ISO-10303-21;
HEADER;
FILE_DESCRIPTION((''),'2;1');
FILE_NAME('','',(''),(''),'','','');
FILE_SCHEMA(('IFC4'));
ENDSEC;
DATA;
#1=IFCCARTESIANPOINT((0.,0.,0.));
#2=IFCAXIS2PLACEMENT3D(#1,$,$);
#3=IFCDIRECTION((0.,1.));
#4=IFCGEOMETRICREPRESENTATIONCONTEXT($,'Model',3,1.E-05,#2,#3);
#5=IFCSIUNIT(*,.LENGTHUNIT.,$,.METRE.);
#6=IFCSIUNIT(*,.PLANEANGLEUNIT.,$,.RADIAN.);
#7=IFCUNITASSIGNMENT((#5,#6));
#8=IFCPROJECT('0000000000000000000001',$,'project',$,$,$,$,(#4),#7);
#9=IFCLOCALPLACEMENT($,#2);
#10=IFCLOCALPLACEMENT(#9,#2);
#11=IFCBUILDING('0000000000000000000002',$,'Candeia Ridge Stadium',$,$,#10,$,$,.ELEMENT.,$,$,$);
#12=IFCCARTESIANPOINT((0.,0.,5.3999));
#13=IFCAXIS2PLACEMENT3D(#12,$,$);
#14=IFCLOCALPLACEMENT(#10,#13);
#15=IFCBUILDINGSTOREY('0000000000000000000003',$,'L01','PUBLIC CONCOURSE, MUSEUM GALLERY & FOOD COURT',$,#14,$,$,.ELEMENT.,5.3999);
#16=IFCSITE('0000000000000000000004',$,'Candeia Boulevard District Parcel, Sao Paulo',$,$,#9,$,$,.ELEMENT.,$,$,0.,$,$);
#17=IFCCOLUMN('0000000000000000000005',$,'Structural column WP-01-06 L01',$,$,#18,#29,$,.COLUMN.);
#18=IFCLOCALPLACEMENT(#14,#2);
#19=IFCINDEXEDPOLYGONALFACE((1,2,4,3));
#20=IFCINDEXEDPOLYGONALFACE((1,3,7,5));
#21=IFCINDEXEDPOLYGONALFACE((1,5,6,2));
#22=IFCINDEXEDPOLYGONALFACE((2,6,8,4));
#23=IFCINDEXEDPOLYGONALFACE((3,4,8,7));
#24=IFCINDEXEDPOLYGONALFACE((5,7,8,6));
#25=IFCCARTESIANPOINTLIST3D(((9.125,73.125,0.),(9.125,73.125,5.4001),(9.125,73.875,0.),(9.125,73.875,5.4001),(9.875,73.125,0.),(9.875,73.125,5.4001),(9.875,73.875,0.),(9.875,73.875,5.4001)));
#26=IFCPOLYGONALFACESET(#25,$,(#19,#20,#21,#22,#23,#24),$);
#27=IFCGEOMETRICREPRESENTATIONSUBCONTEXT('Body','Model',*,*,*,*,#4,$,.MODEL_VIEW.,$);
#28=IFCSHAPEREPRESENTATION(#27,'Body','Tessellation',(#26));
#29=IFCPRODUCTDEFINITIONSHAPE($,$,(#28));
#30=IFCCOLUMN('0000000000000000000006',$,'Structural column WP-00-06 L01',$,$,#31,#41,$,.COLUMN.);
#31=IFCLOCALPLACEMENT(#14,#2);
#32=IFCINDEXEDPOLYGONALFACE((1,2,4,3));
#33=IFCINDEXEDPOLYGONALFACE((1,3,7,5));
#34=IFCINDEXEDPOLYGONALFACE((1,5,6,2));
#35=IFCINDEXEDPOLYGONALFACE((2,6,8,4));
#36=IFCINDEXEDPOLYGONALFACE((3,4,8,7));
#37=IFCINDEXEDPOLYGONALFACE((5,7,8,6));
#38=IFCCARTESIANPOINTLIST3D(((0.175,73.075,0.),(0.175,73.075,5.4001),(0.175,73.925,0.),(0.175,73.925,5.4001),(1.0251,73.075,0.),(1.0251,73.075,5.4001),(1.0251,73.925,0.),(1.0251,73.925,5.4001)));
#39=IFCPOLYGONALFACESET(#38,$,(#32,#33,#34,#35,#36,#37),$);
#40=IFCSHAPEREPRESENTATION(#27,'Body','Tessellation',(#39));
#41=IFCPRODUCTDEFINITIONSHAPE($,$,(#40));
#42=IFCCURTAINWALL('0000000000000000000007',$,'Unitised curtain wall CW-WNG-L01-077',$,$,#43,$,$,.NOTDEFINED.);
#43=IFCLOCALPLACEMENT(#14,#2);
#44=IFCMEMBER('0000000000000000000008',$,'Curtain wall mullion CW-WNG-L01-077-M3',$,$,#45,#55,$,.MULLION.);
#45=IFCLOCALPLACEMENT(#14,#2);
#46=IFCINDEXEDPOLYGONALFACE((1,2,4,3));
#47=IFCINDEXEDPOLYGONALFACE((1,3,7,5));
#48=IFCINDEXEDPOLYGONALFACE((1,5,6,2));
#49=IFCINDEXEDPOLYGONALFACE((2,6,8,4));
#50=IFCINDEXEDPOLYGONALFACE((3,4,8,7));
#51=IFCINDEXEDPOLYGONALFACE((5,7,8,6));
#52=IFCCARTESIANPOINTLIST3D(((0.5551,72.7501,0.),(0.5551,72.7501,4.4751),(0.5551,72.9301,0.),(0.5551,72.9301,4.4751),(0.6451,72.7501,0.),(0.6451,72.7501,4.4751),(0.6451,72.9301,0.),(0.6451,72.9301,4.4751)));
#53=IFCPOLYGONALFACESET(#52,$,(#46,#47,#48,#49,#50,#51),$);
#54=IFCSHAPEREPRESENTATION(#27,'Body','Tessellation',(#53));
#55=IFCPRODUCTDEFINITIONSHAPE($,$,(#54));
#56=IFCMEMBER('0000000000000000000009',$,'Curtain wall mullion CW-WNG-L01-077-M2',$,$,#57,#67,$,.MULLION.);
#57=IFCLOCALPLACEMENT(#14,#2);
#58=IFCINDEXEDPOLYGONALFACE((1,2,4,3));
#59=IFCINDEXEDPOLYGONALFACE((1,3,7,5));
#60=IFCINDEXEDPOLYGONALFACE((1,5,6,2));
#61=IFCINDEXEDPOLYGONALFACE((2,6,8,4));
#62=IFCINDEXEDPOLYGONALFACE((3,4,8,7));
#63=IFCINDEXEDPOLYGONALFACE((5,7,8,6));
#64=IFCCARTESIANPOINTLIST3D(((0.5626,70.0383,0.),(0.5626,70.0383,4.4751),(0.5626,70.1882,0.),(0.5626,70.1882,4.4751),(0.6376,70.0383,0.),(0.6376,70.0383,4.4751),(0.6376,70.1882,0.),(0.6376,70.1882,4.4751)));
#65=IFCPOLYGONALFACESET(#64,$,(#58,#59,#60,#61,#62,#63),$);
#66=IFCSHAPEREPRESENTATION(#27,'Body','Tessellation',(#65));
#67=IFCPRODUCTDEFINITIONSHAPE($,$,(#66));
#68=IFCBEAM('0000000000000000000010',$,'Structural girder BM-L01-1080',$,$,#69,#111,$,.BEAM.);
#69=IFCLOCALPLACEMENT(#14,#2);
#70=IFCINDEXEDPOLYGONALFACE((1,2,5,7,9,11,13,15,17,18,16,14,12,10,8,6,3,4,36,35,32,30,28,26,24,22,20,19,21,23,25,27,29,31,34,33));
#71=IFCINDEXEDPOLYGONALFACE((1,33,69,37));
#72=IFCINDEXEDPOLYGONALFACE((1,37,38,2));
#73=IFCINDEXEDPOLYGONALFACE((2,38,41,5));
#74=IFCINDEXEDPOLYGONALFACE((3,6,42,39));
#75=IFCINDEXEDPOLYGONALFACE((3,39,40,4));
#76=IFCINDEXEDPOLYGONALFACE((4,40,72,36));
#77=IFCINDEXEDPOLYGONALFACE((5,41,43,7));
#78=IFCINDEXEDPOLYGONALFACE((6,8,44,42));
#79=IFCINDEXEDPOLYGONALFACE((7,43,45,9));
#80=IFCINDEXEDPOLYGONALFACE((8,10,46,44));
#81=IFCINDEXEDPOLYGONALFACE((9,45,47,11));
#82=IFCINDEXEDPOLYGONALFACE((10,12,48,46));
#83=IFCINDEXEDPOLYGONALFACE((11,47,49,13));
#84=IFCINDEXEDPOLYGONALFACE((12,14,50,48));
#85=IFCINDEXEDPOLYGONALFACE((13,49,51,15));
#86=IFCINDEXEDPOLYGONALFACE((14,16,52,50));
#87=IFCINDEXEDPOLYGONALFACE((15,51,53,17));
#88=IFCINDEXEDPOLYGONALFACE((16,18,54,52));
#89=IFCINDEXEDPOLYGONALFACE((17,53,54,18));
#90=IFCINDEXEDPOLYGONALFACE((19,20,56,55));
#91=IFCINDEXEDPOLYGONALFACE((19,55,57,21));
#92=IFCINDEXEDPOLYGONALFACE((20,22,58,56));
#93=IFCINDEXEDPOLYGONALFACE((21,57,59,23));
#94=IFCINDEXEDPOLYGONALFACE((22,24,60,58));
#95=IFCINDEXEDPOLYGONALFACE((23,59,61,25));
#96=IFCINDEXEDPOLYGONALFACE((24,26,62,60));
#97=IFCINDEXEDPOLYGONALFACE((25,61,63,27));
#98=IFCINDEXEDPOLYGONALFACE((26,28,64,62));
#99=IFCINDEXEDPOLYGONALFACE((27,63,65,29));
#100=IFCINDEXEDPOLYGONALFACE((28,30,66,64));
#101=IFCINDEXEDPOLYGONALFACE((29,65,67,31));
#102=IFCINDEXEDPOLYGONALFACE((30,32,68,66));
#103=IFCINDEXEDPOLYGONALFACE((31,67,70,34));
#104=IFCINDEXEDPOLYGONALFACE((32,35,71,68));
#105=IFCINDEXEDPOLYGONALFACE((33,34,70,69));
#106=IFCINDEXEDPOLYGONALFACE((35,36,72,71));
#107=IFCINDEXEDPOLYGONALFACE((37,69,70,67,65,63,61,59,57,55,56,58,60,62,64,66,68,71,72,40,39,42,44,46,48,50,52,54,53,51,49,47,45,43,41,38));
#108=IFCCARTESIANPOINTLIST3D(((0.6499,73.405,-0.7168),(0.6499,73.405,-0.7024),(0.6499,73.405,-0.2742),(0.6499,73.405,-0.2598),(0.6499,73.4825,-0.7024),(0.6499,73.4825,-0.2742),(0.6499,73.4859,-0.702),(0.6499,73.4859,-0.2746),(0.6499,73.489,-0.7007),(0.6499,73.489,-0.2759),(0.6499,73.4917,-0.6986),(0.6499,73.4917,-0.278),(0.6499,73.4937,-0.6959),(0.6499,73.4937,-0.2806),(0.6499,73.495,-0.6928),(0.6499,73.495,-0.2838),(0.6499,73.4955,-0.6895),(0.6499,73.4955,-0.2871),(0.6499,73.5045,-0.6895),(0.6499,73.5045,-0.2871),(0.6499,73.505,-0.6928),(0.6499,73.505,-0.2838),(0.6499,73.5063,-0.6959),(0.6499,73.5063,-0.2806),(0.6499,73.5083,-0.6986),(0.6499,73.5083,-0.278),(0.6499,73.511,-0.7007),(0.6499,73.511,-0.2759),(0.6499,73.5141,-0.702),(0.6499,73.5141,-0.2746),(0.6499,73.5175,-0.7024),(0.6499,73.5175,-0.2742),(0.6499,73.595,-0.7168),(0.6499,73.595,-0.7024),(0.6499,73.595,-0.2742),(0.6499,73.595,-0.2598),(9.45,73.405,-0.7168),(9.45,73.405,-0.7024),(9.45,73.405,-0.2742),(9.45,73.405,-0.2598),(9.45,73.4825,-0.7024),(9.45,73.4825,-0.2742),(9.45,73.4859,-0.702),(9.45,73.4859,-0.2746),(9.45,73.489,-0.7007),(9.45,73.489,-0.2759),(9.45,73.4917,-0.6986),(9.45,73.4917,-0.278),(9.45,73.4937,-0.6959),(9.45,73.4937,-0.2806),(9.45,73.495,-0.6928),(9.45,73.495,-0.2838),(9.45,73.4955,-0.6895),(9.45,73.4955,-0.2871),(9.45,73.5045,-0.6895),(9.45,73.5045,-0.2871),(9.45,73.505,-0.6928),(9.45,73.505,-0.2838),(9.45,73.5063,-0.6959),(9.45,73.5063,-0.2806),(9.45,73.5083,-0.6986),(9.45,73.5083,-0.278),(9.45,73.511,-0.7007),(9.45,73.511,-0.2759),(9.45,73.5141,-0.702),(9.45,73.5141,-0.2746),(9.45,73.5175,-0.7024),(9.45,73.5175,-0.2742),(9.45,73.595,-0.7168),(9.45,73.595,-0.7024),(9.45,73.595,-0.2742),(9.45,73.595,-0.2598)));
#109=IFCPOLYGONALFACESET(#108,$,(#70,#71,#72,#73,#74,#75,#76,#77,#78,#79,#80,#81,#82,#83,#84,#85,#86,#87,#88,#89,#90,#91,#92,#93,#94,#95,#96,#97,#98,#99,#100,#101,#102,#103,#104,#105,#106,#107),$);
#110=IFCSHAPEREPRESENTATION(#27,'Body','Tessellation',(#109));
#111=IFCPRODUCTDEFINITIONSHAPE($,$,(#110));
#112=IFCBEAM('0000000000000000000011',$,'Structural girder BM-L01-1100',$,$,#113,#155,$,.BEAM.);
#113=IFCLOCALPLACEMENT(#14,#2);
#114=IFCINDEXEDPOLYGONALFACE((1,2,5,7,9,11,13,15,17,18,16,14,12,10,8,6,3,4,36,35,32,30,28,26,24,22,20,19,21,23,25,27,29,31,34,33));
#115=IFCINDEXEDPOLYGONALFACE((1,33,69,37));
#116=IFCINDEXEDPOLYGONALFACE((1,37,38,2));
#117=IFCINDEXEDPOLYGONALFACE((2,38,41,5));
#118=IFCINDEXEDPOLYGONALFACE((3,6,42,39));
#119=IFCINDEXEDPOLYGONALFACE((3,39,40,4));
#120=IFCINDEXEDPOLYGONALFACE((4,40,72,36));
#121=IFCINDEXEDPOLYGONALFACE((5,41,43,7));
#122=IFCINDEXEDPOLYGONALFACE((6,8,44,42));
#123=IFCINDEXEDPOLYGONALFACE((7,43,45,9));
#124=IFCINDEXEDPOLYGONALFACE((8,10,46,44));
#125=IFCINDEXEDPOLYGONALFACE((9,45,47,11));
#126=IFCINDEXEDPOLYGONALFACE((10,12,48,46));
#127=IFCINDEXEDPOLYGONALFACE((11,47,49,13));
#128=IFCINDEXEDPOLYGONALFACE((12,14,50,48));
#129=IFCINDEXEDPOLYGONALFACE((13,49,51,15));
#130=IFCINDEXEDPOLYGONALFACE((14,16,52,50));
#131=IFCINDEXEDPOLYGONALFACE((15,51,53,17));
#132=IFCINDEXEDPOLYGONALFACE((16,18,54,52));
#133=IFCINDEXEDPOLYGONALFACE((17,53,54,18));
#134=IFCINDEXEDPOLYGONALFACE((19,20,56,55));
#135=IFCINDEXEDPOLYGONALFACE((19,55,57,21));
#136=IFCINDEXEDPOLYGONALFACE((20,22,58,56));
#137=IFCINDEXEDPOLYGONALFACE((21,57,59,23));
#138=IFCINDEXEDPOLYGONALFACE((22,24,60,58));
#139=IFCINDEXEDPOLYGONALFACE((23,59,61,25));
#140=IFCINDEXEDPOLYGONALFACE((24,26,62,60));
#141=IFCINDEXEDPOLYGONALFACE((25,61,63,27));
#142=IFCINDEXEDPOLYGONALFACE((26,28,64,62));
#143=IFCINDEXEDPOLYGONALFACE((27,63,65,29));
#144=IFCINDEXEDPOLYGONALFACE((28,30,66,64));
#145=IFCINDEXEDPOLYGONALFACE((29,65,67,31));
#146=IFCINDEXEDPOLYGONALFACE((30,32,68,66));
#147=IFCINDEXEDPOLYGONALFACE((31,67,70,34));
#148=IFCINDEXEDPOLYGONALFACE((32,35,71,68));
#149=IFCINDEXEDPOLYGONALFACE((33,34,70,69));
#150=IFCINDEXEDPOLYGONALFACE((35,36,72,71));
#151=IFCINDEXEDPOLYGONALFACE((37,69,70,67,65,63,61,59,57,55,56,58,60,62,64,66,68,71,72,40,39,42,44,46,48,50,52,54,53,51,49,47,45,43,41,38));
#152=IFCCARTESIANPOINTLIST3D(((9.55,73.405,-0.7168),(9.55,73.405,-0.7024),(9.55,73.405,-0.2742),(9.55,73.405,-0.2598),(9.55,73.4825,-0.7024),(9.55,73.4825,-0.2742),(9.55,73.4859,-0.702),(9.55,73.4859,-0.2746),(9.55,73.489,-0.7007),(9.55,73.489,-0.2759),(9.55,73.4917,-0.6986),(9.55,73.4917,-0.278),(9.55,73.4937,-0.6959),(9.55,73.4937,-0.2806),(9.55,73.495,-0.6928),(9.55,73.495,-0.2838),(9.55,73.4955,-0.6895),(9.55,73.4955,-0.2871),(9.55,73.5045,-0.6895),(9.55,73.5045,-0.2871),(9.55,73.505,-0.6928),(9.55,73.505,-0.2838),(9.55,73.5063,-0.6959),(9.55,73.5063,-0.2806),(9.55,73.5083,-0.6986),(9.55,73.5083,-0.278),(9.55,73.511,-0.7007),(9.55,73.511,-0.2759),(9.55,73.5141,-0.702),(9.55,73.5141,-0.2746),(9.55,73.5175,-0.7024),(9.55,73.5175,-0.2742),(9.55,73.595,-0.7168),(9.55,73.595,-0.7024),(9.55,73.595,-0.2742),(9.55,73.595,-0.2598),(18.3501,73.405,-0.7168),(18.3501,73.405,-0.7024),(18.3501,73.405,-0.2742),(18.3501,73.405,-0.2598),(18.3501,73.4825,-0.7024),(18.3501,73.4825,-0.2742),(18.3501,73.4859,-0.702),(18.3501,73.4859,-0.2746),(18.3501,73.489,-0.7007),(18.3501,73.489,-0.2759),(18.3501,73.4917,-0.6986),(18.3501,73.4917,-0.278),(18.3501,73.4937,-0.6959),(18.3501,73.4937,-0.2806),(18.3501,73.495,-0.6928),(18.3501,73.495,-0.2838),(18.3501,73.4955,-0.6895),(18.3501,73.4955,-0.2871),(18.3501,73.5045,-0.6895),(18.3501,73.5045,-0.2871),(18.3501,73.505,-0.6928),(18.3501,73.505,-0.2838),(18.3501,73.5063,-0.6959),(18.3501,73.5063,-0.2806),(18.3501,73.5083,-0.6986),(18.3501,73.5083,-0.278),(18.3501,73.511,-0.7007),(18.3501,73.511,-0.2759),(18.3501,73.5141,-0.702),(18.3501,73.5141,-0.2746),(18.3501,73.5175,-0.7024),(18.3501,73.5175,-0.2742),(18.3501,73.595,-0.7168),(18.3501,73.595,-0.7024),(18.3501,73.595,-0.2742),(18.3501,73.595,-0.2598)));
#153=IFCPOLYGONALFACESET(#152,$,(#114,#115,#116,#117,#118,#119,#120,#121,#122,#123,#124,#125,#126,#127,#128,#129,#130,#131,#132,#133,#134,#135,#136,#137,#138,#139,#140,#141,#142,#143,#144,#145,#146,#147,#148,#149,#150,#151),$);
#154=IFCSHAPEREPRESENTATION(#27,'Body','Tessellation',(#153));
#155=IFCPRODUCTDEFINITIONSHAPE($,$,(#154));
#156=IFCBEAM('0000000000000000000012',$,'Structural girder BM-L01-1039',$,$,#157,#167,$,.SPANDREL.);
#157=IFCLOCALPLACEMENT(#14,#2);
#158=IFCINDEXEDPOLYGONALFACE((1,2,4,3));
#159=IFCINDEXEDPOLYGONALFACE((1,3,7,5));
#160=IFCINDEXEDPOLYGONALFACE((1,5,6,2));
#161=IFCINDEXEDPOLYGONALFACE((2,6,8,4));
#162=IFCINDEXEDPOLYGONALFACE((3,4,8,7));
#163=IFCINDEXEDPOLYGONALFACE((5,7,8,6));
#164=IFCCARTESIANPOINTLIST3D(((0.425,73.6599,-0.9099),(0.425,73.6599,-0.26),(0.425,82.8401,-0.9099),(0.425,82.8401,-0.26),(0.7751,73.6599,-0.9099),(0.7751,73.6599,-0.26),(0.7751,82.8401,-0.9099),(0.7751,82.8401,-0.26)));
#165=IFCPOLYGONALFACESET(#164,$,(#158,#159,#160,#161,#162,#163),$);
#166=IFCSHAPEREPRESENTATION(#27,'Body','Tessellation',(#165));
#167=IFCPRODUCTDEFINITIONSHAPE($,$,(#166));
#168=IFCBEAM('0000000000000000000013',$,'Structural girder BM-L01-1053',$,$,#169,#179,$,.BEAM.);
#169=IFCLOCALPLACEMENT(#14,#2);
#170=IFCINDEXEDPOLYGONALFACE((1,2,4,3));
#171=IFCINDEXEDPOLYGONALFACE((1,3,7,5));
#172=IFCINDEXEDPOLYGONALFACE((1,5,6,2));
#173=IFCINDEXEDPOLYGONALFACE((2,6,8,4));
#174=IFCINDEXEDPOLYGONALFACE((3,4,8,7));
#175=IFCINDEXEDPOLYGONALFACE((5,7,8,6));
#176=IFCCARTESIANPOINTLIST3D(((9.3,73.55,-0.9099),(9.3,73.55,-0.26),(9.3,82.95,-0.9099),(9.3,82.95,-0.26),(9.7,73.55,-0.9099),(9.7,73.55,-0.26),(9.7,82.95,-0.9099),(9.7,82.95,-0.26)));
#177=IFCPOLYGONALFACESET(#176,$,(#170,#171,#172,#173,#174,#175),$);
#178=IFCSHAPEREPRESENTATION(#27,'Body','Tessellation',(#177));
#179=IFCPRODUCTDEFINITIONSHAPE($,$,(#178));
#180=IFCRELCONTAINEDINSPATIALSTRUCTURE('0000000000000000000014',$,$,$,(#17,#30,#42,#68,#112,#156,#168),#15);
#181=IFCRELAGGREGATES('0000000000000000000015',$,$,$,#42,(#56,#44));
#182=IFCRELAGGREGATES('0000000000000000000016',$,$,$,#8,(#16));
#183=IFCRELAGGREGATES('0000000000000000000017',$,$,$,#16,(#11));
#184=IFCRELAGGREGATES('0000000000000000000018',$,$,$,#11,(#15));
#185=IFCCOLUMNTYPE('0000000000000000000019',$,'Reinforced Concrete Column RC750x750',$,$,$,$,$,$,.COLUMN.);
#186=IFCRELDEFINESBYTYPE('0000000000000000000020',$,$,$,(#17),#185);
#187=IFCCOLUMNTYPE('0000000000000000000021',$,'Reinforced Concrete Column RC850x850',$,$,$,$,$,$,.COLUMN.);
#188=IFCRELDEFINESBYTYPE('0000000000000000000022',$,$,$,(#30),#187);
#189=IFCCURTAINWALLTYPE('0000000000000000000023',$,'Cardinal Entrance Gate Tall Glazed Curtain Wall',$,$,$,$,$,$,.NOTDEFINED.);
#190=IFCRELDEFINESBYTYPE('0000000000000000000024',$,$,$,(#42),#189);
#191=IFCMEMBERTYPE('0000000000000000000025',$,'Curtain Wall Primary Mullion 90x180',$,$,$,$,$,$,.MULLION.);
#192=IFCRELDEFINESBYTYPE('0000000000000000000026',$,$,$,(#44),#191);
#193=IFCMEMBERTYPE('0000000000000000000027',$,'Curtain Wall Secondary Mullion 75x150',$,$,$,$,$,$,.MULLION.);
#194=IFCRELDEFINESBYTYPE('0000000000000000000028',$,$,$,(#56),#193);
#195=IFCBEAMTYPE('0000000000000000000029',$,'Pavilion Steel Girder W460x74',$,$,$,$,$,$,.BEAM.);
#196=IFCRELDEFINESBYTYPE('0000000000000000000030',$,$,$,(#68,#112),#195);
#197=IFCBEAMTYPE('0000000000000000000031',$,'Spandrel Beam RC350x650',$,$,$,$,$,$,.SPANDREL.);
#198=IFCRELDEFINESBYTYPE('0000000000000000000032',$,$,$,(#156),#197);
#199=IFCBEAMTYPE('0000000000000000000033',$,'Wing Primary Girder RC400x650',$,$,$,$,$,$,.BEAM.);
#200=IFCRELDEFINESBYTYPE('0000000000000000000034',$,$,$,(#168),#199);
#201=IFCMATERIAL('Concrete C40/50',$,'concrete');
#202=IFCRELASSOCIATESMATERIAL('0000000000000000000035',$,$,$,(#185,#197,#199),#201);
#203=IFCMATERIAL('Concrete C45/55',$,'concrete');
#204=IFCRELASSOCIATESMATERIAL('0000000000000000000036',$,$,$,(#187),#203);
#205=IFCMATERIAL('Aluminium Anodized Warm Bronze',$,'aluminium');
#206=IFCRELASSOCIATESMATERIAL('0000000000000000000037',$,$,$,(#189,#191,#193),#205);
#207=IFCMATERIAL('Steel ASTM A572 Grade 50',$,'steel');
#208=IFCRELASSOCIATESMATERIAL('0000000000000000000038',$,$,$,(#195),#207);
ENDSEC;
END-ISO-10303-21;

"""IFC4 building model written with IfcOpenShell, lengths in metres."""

from ifc_helpers import new_model, si_unit, direction, frame, origin, origin_2d, place, context, subcontext, project, spatial, rectangle, i_section, extrude, material, material_profile, profile_set, type_object, element, aggregate, save


model = new_model("IFC4")

# Units and contexts
model_context = context("Model", 3, precision=1e-05, world=origin(), true_north=direction((0.0, 1.0)))
body_context = subcontext(model_context, "Body", "Model", "MODEL_VIEW")
ifc_project = project(units=[si_unit("LENGTHUNIT", "METRE"), si_unit("PLANEANGLEUNIT", "RADIAN")], contexts=[model_context])

# Site, building, storey
site_placement = place(None, origin())
site = spatial("IfcSite", under=ifc_project, at=site_placement, Name="Candeia Boulevard District Parcel, Sao Paulo", CompositionType="ELEMENT", RefElevation=0.0)
building_placement = place(site_placement, origin())
building = spatial("IfcBuilding", under=site, at=building_placement, Name="Candeia Ridge Stadium", CompositionType="ELEMENT")
storey_placement = place(building_placement, frame((0.0, 0.0, 5.3999)))
storey = spatial("IfcBuildingStorey", under=building, at=storey_placement, Name="L01", Description="PUBLIC CONCOURSE, MUSEUM GALLERY & FOOD COURT", CompositionType="ELEMENT", Elevation=5.3999)

# Columns
ifc_material_1 = material(Name="Concrete C40/50", Category="concrete")
ifc_material_profile_1 = material_profile(ifc_material_1, rectangle(XDim=0.75, YDim=0.75, at=origin_2d()), Name="RC750x750", Category="concrete")
ifc_profile_set_1 = profile_set([ifc_material_profile_1], Name="Concrete C40/50")
column_type_1 = type_object("IfcColumnType", Name="Reinforced Concrete Column RC750x750", PredefinedType="COLUMN", material=ifc_profile_set_1)
column_1_placement = place(storey_placement, frame((9.5, 73.5, 0.0), z_axis=(0.0, 0.0, 1.0), x_axis=(1.0, 0.0, 0.0)))
element("IfcColumn", 1, at=column_1_placement, inside=storey, type_object=column_type_1, Name="Structural column WP-01-06 L01", PredefinedType="COLUMN", context=body_context, shape_type="SweptSolid", body=[
    extrude(rectangle(XDim=0.75, YDim=0.75, at=origin_2d()), origin(), (0.0, 0.0, 1.0), 5.4001),
])
ifc_material_2 = material(Name="Concrete C45/55", Category="concrete")
ifc_material_profile_2 = material_profile(ifc_material_2, rectangle(XDim=0.8501, YDim=0.8501, at=origin_2d()), Name="RC850x850", Category="concrete")
ifc_profile_set_2 = profile_set([ifc_material_profile_2], Name="Concrete C45/55")
column_type_2 = type_object("IfcColumnType", Name="Reinforced Concrete Column RC850x850", PredefinedType="COLUMN", material=ifc_profile_set_2)
column_2_placement = place(storey_placement, frame((0.6001, 73.5, 0.0), z_axis=(0.0, 0.0, 1.0), x_axis=(1.0, 0.0, 0.0)))
element("IfcColumn", 2, at=column_2_placement, inside=storey, type_object=column_type_2, Name="Structural column WP-00-06 L01", PredefinedType="COLUMN", context=body_context, shape_type="SweptSolid", body=[
    extrude(rectangle(XDim=0.8501, YDim=0.8501, at=origin_2d()), origin(), (0.0, 0.0, 1.0), 5.4001),
])

# Curtain wall, members
ifc_material_3 = material(Name="Aluminium Anodized Warm Bronze", Category="aluminium")
curtain_wall_type = type_object("IfcCurtainWallType", Name="Cardinal Entrance Gate Tall Glazed Curtain Wall", PredefinedType="NOTDEFINED", material=ifc_material_3)
curtain_wall_placement = place(storey_placement, origin())
curtain_wall = element("IfcCurtainWall", 3, at=curtain_wall_placement, inside=storey, type_object=curtain_wall_type, Name="Unitised curtain wall CW-WNG-L01-077", PredefinedType="NOTDEFINED")
ifc_material_profile_3 = material_profile(ifc_material_3, rectangle(XDim=0.0901, YDim=0.1799, at=origin_2d()), Name="CWM-90x180", Category="aluminium")
ifc_profile_set_3 = profile_set([ifc_material_profile_3], Name="Aluminium Anodized Warm Bronze")
member_type_1 = type_object("IfcMemberType", Name="Curtain Wall Primary Mullion 90x180", PredefinedType="MULLION", material=ifc_profile_set_3)
member_1_placement = place(storey_placement, frame((0.6001, 72.8401, 0.0), z_axis=(0.0, 0.0, 1.0), x_axis=(1.0, 0.0, 0.0)))
member_1 = element("IfcMember", 4, at=member_1_placement, type_object=member_type_1, Name="Curtain wall mullion CW-WNG-L01-077-M3", PredefinedType="MULLION", context=body_context, shape_type="SweptSolid", body=[
    extrude(rectangle(XDim=0.0901, YDim=0.1799, at=origin_2d()), origin(), (0.0, 0.0, 1.0), 4.4751),
])
ifc_material_profile_4 = material_profile(ifc_material_3, rectangle(XDim=0.075, YDim=0.1499, at=origin_2d()), Name="CWM-75x150", Category="aluminium")
ifc_profile_set_4 = profile_set([ifc_material_profile_4], Name="Aluminium Anodized Warm Bronze")
member_type_2 = type_object("IfcMemberType", Name="Curtain Wall Secondary Mullion 75x150", PredefinedType="MULLION", material=ifc_profile_set_4)
member_2_placement = place(storey_placement, frame((0.6001, 70.1133, 0.0), z_axis=(0.0, 0.0, 1.0), x_axis=(1.0, 0.0, 0.0)))
member_2 = element("IfcMember", 5, at=member_2_placement, type_object=member_type_2, Name="Curtain wall mullion CW-WNG-L01-077-M2", PredefinedType="MULLION", context=body_context, shape_type="SweptSolid", body=[
    extrude(rectangle(XDim=0.075, YDim=0.1499, at=origin_2d()), origin(), (0.0, 0.0, 1.0), 4.4751),
])

# Beams
ifc_material_4 = material(Name="Steel ASTM A572 Grade 50", Category="steel")
ifc_material_profile_5 = material_profile(ifc_material_4, i_section(OverallWidth=0.1899, OverallDepth=0.457, WebThickness=0.009, FlangeThickness=0.0144, FilletRadius=0.0129, at=origin_2d()), Name="W460x74", Category="steel")
ifc_profile_set_5 = profile_set([ifc_material_profile_5], Name="Steel ASTM A572 Grade 50")
beam_type_1 = type_object("IfcBeamType", Name="Pavilion Steel Girder W460x74", PredefinedType="BEAM", material=ifc_profile_set_5)
for number, where, z_axis, x_axis, name in (
    (6, (0.6499, 73.5, -0.4883), (1.0, 0.0, 0.0), (0.0, 1.0, 0.0), "Structural girder BM-L01-1080"),
    (7, (9.55, 73.5, -0.4883), (1.0, 0.0, 0.0), (0.0, 1.0, 0.0), "Structural girder BM-L01-1100"),
):
    element("IfcBeam", number, at=place(storey_placement, frame(where, z_axis=z_axis, x_axis=x_axis)), inside=storey, type_object=beam_type_1, Name=name, PredefinedType="BEAM", context=body_context, shape_type="SweptSolid", body=[
        extrude(i_section(OverallWidth=0.1899, OverallDepth=0.457, WebThickness=0.009, FlangeThickness=0.0144, FilletRadius=0.0129, at=origin_2d()), origin(), (0.0, 0.0, 1.0), 8.8),
    ])
ifc_material_profile_6 = material_profile(ifc_material_1, rectangle(XDim=0.3501, YDim=0.6499, at=origin_2d()), Name="RC350x650", Category="concrete")
ifc_profile_set_6 = profile_set([ifc_material_profile_6], Name="Concrete C40/50")
beam_type_2 = type_object("IfcBeamType", Name="Spandrel Beam RC350x650", PredefinedType="SPANDREL", material=ifc_profile_set_6)
beam_1_placement = place(storey_placement, frame((0.6001, 73.6599, -0.585), z_axis=(0.0, 1.0, 0.0), x_axis=(-1.0, 0.0, 0.0)))
element("IfcBeam", 8, at=beam_1_placement, inside=storey, type_object=beam_type_2, Name="Structural girder BM-L01-1039", PredefinedType="SPANDREL", context=body_context, shape_type="SweptSolid", body=[
    extrude(rectangle(XDim=0.3501, YDim=0.6499, at=origin_2d()), origin(), (0.0, 0.0, 1.0), 9.1802),
])
ifc_material_profile_7 = material_profile(ifc_material_1, rectangle(XDim=0.3999, YDim=0.6499, at=origin_2d()), Name="RC400x650", Category="concrete")
ifc_profile_set_7 = profile_set([ifc_material_profile_7], Name="Concrete C40/50")
beam_type_3 = type_object("IfcBeamType", Name="Wing Primary Girder RC400x650", PredefinedType="BEAM", material=ifc_profile_set_7)
beam_2_placement = place(storey_placement, frame((9.5, 73.55, -0.585), z_axis=(0.0, 1.0, 0.0), x_axis=(-1.0, 0.0, 0.0)))
element("IfcBeam", 9, at=beam_2_placement, inside=storey, type_object=beam_type_3, Name="Structural girder BM-L01-1053", PredefinedType="BEAM", context=body_context, shape_type="SweptSolid", body=[
    extrude(rectangle(XDim=0.3999, YDim=0.6499, at=origin_2d()), origin(), (0.0, 0.0, 1.0), 9.3999),
])

aggregate(curtain_wall, [member_2, member_1])

save(model, "model.ifc")
